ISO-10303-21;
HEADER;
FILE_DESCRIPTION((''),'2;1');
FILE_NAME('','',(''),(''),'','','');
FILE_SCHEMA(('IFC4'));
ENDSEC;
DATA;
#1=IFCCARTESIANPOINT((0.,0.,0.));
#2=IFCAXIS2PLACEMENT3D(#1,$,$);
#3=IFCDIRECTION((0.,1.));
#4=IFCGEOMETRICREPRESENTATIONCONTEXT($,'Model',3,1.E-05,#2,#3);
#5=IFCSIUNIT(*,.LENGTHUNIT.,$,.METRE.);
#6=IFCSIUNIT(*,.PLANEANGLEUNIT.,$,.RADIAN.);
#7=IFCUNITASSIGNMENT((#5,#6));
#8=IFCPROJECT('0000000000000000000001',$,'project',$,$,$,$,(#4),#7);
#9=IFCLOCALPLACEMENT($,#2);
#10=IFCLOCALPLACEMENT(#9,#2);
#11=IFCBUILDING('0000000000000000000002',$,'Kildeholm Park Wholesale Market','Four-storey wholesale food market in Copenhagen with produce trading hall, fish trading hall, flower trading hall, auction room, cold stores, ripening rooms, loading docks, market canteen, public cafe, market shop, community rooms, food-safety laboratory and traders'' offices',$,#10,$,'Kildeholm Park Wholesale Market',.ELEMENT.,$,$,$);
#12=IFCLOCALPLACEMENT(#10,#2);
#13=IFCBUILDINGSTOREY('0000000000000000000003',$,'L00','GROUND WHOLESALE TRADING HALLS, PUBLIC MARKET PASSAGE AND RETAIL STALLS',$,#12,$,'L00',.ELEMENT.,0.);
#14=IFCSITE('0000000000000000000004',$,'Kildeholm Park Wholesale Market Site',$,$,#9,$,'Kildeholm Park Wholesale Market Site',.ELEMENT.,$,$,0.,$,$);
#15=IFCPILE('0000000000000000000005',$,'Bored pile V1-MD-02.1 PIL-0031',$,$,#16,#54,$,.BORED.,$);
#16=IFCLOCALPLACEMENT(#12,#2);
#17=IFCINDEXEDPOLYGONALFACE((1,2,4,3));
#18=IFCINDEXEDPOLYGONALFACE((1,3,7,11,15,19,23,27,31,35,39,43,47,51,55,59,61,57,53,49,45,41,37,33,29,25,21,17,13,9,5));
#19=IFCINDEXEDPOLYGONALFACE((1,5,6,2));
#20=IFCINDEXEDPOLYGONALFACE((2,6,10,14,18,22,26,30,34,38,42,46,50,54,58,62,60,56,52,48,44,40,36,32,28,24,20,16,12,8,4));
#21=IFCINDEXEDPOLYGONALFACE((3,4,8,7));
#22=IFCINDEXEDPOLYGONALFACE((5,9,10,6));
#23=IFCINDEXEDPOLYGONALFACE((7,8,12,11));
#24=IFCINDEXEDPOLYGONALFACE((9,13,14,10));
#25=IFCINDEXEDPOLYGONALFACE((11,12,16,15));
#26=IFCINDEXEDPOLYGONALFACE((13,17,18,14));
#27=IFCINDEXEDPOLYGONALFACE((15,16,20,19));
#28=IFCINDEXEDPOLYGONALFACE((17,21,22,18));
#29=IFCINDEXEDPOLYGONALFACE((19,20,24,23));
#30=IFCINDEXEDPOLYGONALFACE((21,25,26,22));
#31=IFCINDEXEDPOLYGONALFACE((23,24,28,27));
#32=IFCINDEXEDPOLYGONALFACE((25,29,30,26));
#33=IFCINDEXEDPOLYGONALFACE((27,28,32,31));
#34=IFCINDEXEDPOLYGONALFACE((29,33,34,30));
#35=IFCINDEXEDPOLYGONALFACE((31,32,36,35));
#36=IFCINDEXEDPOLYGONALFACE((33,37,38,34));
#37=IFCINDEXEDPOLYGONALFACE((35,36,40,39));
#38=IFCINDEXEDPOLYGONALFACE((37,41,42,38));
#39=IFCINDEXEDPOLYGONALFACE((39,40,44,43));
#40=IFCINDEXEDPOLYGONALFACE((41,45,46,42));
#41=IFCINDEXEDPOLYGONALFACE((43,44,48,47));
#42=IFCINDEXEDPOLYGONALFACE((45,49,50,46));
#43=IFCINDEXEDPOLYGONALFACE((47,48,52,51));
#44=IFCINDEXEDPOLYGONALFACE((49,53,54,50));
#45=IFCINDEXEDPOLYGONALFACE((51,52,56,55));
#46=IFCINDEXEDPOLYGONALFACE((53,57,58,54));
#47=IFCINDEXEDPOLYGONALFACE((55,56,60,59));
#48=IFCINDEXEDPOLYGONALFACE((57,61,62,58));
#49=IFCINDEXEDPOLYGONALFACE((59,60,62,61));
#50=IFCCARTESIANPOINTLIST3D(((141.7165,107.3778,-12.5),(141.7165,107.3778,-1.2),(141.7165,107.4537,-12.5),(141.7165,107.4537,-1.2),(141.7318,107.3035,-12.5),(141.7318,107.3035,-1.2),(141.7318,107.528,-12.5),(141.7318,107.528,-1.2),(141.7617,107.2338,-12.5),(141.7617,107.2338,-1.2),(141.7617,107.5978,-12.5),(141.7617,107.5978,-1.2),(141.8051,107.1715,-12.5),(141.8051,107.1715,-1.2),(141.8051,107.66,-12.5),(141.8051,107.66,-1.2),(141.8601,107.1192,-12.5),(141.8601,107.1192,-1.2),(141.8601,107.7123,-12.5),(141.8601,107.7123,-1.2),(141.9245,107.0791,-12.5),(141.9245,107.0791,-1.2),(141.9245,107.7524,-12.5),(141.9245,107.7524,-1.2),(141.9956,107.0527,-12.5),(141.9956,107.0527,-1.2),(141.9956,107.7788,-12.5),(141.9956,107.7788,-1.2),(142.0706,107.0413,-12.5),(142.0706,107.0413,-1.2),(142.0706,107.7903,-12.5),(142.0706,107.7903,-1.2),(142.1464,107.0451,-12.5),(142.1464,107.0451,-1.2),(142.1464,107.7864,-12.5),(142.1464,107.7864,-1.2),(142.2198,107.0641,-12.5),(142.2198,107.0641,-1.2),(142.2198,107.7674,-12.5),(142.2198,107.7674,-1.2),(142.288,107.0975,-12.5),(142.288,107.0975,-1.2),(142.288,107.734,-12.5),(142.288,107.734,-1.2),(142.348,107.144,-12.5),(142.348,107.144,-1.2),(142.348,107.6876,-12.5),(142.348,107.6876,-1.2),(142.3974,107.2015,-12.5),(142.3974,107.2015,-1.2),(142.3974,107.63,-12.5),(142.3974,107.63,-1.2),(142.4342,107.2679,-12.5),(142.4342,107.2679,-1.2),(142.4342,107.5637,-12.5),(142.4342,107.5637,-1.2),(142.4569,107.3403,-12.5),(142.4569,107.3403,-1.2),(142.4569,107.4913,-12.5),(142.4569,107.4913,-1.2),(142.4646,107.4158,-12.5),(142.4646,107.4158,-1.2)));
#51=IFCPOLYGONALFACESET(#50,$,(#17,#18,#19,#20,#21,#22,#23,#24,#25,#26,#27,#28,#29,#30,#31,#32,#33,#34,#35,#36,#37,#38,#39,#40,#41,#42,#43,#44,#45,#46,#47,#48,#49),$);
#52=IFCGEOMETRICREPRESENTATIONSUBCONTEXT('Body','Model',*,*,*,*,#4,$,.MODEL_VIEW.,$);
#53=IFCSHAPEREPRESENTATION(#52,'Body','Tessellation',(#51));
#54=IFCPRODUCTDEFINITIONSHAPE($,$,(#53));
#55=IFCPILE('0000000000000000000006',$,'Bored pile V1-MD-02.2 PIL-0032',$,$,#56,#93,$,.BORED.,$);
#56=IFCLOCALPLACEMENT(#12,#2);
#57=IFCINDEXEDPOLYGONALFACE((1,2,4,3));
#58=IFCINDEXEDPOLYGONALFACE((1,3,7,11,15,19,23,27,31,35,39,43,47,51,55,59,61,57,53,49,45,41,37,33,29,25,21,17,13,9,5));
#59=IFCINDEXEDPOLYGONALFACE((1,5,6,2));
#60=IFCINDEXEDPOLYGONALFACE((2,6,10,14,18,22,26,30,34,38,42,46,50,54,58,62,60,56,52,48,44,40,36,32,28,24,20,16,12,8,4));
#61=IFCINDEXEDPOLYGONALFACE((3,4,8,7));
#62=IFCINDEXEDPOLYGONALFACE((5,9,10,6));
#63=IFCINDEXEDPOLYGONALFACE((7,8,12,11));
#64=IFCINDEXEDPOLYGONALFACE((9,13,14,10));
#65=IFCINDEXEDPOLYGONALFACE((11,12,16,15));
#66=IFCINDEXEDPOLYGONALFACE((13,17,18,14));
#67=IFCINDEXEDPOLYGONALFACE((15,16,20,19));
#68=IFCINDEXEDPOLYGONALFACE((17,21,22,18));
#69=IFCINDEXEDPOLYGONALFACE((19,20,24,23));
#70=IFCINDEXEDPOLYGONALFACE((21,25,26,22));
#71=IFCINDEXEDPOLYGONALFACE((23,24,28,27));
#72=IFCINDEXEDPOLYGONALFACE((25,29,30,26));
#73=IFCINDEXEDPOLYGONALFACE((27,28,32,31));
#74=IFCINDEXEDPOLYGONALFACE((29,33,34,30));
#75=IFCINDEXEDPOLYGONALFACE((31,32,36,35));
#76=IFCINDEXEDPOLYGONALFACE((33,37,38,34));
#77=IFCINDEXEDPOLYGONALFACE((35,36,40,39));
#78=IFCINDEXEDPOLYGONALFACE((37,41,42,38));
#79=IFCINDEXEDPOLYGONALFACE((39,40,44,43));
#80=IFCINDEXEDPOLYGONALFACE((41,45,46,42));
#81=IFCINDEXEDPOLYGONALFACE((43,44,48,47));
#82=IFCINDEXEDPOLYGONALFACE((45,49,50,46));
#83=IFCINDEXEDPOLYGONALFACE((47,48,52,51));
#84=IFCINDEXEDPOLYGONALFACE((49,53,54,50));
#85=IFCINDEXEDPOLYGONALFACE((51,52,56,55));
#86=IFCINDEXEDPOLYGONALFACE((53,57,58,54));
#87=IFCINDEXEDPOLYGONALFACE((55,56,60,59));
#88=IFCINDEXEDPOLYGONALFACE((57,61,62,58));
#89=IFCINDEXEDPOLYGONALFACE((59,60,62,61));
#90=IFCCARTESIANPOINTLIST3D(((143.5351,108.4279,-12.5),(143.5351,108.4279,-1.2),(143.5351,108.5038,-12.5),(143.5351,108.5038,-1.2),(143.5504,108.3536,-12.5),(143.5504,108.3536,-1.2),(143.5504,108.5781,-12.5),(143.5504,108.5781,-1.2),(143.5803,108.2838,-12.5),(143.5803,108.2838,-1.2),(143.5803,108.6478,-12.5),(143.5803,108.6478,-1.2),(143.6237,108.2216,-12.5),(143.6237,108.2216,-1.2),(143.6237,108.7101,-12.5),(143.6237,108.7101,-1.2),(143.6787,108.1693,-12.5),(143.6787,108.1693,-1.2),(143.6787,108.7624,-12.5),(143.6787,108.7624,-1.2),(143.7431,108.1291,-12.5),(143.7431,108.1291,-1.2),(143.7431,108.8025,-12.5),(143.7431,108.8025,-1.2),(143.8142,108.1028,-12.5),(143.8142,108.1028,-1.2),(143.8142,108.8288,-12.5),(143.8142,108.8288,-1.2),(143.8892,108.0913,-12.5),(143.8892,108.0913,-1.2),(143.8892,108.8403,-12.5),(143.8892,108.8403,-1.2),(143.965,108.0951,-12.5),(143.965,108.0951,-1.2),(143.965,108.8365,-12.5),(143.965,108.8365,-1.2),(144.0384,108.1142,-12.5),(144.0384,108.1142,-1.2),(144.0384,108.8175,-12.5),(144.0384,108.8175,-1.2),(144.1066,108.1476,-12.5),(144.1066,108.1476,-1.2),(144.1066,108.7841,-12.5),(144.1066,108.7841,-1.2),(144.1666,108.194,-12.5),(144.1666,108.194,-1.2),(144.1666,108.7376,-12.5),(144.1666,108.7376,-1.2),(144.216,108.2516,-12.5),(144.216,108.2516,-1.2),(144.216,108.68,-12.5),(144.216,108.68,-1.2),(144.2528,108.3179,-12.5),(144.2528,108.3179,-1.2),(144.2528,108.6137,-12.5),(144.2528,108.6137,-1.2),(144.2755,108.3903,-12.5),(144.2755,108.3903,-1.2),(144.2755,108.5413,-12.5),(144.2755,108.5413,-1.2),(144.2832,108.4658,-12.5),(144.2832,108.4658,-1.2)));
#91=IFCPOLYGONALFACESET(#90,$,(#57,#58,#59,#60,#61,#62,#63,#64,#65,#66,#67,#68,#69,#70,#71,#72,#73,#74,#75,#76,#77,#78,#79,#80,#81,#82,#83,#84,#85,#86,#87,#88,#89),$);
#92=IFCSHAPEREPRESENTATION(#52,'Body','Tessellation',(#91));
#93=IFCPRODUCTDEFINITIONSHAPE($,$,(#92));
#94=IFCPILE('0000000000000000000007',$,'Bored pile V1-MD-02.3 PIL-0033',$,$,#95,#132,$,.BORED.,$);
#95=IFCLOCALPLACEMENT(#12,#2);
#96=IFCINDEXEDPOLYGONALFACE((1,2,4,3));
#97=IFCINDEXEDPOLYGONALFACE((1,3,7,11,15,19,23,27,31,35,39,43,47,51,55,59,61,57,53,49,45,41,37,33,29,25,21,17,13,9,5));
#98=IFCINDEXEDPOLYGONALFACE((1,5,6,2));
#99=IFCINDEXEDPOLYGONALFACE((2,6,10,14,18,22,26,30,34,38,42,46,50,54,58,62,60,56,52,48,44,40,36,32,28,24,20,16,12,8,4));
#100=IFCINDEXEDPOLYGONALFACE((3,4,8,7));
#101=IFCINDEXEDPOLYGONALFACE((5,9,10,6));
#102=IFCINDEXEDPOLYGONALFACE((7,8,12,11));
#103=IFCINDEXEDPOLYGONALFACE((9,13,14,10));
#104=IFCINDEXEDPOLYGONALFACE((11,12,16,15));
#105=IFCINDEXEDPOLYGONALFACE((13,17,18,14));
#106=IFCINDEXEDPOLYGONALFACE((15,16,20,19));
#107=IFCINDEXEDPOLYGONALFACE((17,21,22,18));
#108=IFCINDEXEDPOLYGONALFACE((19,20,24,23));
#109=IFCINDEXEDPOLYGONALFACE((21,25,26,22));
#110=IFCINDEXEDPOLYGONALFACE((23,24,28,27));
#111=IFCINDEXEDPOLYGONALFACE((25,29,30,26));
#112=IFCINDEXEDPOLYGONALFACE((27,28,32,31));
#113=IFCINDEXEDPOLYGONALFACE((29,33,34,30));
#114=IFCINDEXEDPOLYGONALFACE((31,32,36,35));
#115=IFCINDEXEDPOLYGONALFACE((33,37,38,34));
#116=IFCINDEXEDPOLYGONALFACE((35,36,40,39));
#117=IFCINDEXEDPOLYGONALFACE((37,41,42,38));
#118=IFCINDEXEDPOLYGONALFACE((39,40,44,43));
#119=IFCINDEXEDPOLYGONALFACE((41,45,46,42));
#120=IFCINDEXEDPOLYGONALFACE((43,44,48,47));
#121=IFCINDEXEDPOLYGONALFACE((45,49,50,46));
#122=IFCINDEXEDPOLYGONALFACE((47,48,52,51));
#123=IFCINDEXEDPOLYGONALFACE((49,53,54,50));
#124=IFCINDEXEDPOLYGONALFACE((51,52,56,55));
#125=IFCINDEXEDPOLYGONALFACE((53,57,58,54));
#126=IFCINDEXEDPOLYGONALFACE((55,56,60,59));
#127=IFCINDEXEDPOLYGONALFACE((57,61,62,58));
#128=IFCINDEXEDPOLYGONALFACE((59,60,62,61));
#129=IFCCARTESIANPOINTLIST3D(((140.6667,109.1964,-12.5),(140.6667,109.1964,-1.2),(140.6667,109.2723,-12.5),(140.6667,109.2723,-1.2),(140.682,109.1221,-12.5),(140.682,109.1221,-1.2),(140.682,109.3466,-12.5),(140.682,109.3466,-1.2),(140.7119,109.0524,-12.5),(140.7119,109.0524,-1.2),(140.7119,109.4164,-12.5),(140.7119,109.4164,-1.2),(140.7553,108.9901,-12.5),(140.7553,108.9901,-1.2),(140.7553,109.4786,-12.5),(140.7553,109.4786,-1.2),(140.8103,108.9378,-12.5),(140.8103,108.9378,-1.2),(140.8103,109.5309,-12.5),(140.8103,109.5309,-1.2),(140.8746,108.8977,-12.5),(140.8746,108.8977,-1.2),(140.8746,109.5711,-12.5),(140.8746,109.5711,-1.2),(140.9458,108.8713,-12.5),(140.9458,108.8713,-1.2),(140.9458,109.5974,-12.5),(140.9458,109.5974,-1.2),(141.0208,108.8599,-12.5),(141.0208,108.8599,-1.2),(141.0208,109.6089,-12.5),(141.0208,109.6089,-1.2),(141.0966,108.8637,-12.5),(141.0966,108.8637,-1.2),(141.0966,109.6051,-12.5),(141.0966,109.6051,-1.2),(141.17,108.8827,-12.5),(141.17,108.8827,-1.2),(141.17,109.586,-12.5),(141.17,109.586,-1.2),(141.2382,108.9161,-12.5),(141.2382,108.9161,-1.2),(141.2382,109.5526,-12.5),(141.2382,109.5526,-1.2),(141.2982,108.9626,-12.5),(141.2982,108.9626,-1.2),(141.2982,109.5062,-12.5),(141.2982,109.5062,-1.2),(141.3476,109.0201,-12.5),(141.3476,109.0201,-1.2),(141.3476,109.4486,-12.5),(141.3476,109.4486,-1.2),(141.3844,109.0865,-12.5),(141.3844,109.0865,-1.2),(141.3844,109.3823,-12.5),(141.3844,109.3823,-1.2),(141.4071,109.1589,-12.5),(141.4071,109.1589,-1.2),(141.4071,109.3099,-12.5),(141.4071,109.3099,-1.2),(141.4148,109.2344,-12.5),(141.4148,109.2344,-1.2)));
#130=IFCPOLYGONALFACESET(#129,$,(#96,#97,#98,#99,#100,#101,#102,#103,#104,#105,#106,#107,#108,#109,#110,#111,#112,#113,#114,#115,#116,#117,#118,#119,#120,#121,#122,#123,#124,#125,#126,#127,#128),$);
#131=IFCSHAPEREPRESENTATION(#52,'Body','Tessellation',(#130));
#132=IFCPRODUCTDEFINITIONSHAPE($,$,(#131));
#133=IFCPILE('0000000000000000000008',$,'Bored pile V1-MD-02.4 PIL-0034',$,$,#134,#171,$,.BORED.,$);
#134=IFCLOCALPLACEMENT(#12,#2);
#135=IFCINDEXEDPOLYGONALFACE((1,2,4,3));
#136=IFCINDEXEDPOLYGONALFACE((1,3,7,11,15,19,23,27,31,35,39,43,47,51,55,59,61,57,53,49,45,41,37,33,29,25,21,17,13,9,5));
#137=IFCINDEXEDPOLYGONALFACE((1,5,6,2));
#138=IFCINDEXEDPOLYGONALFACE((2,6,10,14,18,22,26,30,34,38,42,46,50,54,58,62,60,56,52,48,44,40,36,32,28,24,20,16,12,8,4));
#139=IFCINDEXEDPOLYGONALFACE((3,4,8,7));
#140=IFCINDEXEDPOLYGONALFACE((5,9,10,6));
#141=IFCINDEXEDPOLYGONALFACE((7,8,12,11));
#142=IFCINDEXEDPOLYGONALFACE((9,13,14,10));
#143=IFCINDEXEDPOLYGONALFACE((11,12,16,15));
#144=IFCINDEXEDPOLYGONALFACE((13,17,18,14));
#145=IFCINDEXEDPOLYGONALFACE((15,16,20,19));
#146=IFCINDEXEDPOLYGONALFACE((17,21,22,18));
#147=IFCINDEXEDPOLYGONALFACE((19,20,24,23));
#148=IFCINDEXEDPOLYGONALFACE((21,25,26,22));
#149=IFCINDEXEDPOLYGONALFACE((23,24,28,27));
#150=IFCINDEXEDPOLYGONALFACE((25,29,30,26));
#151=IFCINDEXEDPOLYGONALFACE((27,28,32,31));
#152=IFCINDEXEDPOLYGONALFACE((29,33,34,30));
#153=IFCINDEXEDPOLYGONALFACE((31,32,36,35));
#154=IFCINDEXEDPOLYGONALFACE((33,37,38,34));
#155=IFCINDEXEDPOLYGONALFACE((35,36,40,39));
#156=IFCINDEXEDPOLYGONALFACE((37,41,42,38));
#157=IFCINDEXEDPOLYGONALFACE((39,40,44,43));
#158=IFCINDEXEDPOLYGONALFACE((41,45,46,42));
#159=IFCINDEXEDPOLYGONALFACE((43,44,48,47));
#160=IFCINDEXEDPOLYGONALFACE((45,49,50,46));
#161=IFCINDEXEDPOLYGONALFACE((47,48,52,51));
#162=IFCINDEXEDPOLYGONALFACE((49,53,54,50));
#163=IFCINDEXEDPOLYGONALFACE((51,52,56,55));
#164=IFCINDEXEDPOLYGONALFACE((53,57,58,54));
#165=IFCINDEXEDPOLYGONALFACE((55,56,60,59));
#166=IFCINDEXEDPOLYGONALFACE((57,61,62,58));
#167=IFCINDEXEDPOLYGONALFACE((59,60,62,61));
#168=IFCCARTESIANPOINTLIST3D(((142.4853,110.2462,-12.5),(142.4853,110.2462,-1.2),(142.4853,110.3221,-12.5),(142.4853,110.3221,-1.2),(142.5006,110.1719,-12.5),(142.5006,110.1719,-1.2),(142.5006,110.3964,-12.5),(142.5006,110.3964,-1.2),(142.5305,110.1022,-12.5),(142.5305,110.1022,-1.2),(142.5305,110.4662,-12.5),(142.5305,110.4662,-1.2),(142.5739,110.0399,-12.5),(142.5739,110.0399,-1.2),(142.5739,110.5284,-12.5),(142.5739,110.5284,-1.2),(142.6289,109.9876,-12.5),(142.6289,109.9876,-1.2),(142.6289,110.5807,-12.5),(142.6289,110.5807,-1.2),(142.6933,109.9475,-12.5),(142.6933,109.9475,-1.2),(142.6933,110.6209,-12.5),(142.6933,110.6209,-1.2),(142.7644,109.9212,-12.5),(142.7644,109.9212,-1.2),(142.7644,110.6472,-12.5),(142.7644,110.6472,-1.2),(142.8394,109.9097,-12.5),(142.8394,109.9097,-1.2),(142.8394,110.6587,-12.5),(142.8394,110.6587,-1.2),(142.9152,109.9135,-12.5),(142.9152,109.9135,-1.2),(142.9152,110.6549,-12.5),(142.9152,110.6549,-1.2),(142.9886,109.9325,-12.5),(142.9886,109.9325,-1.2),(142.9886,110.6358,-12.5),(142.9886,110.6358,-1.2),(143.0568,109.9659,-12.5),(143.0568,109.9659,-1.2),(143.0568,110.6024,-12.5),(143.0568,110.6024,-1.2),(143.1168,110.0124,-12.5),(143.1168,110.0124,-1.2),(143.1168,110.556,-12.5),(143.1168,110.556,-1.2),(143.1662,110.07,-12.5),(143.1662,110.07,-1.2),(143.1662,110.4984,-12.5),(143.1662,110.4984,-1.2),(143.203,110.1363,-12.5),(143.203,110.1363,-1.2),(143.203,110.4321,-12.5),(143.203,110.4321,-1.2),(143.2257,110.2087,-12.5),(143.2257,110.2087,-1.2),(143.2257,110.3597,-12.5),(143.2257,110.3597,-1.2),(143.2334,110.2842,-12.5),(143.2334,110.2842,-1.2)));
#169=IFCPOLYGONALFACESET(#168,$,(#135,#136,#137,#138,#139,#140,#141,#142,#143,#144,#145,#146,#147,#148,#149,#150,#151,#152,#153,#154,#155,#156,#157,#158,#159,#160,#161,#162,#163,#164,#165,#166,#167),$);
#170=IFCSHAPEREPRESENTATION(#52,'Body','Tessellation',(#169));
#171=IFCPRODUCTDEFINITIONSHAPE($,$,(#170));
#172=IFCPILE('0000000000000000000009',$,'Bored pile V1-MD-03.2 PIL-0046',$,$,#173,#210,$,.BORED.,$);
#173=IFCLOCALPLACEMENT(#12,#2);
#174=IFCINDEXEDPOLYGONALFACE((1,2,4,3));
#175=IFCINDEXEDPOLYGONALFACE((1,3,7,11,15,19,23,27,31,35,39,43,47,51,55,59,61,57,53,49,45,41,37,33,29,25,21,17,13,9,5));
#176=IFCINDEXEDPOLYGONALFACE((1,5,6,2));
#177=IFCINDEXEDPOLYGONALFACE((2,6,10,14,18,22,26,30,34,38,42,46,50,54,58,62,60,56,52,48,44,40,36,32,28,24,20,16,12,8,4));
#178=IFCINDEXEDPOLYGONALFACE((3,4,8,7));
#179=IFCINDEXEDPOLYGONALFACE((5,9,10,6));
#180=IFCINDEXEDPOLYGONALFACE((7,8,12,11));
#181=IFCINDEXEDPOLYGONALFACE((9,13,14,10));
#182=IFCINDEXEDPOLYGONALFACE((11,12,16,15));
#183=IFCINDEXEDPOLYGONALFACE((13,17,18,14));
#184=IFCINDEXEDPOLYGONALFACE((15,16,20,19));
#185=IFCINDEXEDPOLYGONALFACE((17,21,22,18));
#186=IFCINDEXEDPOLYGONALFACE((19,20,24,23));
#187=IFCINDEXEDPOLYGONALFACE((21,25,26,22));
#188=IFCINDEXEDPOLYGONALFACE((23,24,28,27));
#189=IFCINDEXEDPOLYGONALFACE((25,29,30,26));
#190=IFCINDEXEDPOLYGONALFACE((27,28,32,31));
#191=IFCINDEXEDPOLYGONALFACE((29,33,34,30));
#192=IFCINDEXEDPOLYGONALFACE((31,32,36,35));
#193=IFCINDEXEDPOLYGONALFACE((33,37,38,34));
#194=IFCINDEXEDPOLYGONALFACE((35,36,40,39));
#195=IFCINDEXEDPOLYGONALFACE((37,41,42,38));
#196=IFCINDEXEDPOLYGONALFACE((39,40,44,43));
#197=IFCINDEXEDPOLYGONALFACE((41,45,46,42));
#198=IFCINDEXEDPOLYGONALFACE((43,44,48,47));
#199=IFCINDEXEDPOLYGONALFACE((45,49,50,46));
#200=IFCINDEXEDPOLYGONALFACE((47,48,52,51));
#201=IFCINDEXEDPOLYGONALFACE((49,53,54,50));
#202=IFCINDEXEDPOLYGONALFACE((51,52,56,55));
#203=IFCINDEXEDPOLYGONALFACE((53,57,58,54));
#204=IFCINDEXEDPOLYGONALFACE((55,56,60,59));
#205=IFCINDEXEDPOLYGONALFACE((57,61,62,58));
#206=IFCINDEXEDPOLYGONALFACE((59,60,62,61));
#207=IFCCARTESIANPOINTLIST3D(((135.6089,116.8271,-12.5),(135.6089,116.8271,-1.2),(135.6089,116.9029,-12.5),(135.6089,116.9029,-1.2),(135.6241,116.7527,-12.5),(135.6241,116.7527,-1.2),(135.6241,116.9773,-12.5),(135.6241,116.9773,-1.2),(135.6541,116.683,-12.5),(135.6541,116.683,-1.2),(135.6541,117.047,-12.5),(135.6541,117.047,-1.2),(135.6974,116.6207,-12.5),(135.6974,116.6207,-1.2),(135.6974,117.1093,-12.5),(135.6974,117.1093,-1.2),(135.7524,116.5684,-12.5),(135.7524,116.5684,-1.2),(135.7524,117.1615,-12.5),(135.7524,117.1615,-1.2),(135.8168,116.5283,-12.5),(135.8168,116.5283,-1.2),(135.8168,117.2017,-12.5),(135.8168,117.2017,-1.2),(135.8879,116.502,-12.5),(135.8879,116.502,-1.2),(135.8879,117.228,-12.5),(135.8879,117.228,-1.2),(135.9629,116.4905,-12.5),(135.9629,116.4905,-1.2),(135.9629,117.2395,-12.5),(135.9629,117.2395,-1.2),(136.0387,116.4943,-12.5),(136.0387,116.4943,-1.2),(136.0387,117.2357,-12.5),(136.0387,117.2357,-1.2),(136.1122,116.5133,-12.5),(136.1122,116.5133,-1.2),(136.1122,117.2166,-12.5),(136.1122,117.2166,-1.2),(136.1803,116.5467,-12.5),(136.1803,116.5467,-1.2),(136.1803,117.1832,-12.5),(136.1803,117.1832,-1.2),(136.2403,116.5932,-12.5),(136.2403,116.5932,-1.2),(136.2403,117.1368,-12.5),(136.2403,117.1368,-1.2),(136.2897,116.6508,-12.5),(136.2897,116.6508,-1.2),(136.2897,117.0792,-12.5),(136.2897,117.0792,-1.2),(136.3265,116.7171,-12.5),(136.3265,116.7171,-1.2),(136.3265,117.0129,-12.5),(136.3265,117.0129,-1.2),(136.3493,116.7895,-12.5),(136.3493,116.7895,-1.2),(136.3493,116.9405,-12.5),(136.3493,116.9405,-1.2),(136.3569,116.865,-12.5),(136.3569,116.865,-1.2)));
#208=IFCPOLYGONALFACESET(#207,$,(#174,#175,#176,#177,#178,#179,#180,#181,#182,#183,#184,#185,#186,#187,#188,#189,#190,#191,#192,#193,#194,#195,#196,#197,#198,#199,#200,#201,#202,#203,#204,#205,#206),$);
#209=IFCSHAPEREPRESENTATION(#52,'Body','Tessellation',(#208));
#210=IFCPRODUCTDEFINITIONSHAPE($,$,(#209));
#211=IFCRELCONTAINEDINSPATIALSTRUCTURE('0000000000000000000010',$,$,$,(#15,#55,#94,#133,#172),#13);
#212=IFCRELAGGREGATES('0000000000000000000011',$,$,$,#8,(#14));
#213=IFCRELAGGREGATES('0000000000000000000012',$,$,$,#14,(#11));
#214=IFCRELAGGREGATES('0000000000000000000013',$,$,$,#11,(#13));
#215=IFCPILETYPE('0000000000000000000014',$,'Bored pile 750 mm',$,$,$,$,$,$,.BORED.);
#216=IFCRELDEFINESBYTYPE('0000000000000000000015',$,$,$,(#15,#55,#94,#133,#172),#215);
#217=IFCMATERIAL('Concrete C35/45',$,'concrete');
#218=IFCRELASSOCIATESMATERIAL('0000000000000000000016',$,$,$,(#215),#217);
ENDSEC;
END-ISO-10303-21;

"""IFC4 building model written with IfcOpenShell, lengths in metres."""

from ifc_helpers import new_model, si_unit, direction, frame, origin, origin_2d, place, context, subcontext, project, spatial, circle, extrude, material, material_profile, profile_set, type_object, element, save


model = new_model("IFC4")

# Units and contexts
model_context = context("Model", 3, precision=1e-05, world=origin(), true_north=direction((0.0, 1.0)))
body_context = subcontext(model_context, "Body", "Model", "MODEL_VIEW")
ifc_project = project(units=[si_unit("LENGTHUNIT", "METRE"), si_unit("PLANEANGLEUNIT", "RADIAN")], contexts=[model_context])

# Site, building, storey
site_placement = place(None, origin())
site = spatial("IfcSite", under=ifc_project, at=site_placement, Name="Kildeholm Park Wholesale Market Site", LongName="Kildeholm Park Wholesale Market Site", CompositionType="ELEMENT", RefElevation=0.0)
building_placement = place(site_placement, origin())
building = spatial("IfcBuilding", under=site, at=building_placement, Name="Kildeholm Park Wholesale Market", Description="Four-storey wholesale food market in Copenhagen with produce trading hall, fish trading hall, flower trading hall, auction room, cold stores, ripening rooms, loading docks, market canteen, public cafe, market shop, community rooms, food-safety laboratory and traders' offices", LongName="Kildeholm Park Wholesale Market", CompositionType="ELEMENT")
storey_placement = place(building_placement, origin())
storey = spatial("IfcBuildingStorey", under=building, at=storey_placement, Name="L00", Description="GROUND WHOLESALE TRADING HALLS, PUBLIC MARKET PASSAGE AND RETAIL STALLS", LongName="L00", CompositionType="ELEMENT", Elevation=0.0)

# Piles
ifc_material_1 = material(Name="Concrete C35/45", Category="concrete")
ifc_material_profile_1 = material_profile(ifc_material_1, circle(Radius=0.375, at=origin_2d()), Name="PILE D750")
ifc_profile_set_1 = profile_set([ifc_material_profile_1], Name="Concrete C35/45")
pile_type_1 = type_object("IfcPileType", Name="Bored pile 750 mm", PredefinedType="BORED", material=ifc_profile_set_1)
for number, where, z_axis, x_axis, name in (
    (1, (142.0896, 107.4158, -1.2), (0.0, 0.0, -1.0), (1.0, 0.0, 0.0), "Bored pile V1-MD-02.1 PIL-0031"),
    (2, (143.9082, 108.4658, -1.2), (0.0, 0.0, -1.0), (1.0, 0.0, 0.0), "Bored pile V1-MD-02.2 PIL-0032"),
    (3, (141.0398, 109.2344, -1.2), (0.0, 0.0, -1.0), (1.0, 0.0, 0.0), "Bored pile V1-MD-02.3 PIL-0033"),
    (4, (142.8584, 110.2842, -1.2), (0.0, 0.0, -1.0), (1.0, 0.0, 0.0), "Bored pile V1-MD-02.4 PIL-0034"),
    (5, (135.9819, 116.865, -1.2), (0.0, 0.0, -1.0), (1.0, 0.0, 0.0), "Bored pile V1-MD-03.2 PIL-0046"),
):
    element("IfcPile", number, at=place(storey_placement, frame(where, z_axis=z_axis, x_axis=x_axis)), inside=storey, type_object=pile_type_1, Name=name, PredefinedType="BORED", context=body_context, shape_type="SweptSolid", body=[
        extrude(circle(Radius=0.375, at=origin_2d()), origin(), (0.0, 0.0, 1.0), 11.3),
    ])

save(model, "model.ifc")
